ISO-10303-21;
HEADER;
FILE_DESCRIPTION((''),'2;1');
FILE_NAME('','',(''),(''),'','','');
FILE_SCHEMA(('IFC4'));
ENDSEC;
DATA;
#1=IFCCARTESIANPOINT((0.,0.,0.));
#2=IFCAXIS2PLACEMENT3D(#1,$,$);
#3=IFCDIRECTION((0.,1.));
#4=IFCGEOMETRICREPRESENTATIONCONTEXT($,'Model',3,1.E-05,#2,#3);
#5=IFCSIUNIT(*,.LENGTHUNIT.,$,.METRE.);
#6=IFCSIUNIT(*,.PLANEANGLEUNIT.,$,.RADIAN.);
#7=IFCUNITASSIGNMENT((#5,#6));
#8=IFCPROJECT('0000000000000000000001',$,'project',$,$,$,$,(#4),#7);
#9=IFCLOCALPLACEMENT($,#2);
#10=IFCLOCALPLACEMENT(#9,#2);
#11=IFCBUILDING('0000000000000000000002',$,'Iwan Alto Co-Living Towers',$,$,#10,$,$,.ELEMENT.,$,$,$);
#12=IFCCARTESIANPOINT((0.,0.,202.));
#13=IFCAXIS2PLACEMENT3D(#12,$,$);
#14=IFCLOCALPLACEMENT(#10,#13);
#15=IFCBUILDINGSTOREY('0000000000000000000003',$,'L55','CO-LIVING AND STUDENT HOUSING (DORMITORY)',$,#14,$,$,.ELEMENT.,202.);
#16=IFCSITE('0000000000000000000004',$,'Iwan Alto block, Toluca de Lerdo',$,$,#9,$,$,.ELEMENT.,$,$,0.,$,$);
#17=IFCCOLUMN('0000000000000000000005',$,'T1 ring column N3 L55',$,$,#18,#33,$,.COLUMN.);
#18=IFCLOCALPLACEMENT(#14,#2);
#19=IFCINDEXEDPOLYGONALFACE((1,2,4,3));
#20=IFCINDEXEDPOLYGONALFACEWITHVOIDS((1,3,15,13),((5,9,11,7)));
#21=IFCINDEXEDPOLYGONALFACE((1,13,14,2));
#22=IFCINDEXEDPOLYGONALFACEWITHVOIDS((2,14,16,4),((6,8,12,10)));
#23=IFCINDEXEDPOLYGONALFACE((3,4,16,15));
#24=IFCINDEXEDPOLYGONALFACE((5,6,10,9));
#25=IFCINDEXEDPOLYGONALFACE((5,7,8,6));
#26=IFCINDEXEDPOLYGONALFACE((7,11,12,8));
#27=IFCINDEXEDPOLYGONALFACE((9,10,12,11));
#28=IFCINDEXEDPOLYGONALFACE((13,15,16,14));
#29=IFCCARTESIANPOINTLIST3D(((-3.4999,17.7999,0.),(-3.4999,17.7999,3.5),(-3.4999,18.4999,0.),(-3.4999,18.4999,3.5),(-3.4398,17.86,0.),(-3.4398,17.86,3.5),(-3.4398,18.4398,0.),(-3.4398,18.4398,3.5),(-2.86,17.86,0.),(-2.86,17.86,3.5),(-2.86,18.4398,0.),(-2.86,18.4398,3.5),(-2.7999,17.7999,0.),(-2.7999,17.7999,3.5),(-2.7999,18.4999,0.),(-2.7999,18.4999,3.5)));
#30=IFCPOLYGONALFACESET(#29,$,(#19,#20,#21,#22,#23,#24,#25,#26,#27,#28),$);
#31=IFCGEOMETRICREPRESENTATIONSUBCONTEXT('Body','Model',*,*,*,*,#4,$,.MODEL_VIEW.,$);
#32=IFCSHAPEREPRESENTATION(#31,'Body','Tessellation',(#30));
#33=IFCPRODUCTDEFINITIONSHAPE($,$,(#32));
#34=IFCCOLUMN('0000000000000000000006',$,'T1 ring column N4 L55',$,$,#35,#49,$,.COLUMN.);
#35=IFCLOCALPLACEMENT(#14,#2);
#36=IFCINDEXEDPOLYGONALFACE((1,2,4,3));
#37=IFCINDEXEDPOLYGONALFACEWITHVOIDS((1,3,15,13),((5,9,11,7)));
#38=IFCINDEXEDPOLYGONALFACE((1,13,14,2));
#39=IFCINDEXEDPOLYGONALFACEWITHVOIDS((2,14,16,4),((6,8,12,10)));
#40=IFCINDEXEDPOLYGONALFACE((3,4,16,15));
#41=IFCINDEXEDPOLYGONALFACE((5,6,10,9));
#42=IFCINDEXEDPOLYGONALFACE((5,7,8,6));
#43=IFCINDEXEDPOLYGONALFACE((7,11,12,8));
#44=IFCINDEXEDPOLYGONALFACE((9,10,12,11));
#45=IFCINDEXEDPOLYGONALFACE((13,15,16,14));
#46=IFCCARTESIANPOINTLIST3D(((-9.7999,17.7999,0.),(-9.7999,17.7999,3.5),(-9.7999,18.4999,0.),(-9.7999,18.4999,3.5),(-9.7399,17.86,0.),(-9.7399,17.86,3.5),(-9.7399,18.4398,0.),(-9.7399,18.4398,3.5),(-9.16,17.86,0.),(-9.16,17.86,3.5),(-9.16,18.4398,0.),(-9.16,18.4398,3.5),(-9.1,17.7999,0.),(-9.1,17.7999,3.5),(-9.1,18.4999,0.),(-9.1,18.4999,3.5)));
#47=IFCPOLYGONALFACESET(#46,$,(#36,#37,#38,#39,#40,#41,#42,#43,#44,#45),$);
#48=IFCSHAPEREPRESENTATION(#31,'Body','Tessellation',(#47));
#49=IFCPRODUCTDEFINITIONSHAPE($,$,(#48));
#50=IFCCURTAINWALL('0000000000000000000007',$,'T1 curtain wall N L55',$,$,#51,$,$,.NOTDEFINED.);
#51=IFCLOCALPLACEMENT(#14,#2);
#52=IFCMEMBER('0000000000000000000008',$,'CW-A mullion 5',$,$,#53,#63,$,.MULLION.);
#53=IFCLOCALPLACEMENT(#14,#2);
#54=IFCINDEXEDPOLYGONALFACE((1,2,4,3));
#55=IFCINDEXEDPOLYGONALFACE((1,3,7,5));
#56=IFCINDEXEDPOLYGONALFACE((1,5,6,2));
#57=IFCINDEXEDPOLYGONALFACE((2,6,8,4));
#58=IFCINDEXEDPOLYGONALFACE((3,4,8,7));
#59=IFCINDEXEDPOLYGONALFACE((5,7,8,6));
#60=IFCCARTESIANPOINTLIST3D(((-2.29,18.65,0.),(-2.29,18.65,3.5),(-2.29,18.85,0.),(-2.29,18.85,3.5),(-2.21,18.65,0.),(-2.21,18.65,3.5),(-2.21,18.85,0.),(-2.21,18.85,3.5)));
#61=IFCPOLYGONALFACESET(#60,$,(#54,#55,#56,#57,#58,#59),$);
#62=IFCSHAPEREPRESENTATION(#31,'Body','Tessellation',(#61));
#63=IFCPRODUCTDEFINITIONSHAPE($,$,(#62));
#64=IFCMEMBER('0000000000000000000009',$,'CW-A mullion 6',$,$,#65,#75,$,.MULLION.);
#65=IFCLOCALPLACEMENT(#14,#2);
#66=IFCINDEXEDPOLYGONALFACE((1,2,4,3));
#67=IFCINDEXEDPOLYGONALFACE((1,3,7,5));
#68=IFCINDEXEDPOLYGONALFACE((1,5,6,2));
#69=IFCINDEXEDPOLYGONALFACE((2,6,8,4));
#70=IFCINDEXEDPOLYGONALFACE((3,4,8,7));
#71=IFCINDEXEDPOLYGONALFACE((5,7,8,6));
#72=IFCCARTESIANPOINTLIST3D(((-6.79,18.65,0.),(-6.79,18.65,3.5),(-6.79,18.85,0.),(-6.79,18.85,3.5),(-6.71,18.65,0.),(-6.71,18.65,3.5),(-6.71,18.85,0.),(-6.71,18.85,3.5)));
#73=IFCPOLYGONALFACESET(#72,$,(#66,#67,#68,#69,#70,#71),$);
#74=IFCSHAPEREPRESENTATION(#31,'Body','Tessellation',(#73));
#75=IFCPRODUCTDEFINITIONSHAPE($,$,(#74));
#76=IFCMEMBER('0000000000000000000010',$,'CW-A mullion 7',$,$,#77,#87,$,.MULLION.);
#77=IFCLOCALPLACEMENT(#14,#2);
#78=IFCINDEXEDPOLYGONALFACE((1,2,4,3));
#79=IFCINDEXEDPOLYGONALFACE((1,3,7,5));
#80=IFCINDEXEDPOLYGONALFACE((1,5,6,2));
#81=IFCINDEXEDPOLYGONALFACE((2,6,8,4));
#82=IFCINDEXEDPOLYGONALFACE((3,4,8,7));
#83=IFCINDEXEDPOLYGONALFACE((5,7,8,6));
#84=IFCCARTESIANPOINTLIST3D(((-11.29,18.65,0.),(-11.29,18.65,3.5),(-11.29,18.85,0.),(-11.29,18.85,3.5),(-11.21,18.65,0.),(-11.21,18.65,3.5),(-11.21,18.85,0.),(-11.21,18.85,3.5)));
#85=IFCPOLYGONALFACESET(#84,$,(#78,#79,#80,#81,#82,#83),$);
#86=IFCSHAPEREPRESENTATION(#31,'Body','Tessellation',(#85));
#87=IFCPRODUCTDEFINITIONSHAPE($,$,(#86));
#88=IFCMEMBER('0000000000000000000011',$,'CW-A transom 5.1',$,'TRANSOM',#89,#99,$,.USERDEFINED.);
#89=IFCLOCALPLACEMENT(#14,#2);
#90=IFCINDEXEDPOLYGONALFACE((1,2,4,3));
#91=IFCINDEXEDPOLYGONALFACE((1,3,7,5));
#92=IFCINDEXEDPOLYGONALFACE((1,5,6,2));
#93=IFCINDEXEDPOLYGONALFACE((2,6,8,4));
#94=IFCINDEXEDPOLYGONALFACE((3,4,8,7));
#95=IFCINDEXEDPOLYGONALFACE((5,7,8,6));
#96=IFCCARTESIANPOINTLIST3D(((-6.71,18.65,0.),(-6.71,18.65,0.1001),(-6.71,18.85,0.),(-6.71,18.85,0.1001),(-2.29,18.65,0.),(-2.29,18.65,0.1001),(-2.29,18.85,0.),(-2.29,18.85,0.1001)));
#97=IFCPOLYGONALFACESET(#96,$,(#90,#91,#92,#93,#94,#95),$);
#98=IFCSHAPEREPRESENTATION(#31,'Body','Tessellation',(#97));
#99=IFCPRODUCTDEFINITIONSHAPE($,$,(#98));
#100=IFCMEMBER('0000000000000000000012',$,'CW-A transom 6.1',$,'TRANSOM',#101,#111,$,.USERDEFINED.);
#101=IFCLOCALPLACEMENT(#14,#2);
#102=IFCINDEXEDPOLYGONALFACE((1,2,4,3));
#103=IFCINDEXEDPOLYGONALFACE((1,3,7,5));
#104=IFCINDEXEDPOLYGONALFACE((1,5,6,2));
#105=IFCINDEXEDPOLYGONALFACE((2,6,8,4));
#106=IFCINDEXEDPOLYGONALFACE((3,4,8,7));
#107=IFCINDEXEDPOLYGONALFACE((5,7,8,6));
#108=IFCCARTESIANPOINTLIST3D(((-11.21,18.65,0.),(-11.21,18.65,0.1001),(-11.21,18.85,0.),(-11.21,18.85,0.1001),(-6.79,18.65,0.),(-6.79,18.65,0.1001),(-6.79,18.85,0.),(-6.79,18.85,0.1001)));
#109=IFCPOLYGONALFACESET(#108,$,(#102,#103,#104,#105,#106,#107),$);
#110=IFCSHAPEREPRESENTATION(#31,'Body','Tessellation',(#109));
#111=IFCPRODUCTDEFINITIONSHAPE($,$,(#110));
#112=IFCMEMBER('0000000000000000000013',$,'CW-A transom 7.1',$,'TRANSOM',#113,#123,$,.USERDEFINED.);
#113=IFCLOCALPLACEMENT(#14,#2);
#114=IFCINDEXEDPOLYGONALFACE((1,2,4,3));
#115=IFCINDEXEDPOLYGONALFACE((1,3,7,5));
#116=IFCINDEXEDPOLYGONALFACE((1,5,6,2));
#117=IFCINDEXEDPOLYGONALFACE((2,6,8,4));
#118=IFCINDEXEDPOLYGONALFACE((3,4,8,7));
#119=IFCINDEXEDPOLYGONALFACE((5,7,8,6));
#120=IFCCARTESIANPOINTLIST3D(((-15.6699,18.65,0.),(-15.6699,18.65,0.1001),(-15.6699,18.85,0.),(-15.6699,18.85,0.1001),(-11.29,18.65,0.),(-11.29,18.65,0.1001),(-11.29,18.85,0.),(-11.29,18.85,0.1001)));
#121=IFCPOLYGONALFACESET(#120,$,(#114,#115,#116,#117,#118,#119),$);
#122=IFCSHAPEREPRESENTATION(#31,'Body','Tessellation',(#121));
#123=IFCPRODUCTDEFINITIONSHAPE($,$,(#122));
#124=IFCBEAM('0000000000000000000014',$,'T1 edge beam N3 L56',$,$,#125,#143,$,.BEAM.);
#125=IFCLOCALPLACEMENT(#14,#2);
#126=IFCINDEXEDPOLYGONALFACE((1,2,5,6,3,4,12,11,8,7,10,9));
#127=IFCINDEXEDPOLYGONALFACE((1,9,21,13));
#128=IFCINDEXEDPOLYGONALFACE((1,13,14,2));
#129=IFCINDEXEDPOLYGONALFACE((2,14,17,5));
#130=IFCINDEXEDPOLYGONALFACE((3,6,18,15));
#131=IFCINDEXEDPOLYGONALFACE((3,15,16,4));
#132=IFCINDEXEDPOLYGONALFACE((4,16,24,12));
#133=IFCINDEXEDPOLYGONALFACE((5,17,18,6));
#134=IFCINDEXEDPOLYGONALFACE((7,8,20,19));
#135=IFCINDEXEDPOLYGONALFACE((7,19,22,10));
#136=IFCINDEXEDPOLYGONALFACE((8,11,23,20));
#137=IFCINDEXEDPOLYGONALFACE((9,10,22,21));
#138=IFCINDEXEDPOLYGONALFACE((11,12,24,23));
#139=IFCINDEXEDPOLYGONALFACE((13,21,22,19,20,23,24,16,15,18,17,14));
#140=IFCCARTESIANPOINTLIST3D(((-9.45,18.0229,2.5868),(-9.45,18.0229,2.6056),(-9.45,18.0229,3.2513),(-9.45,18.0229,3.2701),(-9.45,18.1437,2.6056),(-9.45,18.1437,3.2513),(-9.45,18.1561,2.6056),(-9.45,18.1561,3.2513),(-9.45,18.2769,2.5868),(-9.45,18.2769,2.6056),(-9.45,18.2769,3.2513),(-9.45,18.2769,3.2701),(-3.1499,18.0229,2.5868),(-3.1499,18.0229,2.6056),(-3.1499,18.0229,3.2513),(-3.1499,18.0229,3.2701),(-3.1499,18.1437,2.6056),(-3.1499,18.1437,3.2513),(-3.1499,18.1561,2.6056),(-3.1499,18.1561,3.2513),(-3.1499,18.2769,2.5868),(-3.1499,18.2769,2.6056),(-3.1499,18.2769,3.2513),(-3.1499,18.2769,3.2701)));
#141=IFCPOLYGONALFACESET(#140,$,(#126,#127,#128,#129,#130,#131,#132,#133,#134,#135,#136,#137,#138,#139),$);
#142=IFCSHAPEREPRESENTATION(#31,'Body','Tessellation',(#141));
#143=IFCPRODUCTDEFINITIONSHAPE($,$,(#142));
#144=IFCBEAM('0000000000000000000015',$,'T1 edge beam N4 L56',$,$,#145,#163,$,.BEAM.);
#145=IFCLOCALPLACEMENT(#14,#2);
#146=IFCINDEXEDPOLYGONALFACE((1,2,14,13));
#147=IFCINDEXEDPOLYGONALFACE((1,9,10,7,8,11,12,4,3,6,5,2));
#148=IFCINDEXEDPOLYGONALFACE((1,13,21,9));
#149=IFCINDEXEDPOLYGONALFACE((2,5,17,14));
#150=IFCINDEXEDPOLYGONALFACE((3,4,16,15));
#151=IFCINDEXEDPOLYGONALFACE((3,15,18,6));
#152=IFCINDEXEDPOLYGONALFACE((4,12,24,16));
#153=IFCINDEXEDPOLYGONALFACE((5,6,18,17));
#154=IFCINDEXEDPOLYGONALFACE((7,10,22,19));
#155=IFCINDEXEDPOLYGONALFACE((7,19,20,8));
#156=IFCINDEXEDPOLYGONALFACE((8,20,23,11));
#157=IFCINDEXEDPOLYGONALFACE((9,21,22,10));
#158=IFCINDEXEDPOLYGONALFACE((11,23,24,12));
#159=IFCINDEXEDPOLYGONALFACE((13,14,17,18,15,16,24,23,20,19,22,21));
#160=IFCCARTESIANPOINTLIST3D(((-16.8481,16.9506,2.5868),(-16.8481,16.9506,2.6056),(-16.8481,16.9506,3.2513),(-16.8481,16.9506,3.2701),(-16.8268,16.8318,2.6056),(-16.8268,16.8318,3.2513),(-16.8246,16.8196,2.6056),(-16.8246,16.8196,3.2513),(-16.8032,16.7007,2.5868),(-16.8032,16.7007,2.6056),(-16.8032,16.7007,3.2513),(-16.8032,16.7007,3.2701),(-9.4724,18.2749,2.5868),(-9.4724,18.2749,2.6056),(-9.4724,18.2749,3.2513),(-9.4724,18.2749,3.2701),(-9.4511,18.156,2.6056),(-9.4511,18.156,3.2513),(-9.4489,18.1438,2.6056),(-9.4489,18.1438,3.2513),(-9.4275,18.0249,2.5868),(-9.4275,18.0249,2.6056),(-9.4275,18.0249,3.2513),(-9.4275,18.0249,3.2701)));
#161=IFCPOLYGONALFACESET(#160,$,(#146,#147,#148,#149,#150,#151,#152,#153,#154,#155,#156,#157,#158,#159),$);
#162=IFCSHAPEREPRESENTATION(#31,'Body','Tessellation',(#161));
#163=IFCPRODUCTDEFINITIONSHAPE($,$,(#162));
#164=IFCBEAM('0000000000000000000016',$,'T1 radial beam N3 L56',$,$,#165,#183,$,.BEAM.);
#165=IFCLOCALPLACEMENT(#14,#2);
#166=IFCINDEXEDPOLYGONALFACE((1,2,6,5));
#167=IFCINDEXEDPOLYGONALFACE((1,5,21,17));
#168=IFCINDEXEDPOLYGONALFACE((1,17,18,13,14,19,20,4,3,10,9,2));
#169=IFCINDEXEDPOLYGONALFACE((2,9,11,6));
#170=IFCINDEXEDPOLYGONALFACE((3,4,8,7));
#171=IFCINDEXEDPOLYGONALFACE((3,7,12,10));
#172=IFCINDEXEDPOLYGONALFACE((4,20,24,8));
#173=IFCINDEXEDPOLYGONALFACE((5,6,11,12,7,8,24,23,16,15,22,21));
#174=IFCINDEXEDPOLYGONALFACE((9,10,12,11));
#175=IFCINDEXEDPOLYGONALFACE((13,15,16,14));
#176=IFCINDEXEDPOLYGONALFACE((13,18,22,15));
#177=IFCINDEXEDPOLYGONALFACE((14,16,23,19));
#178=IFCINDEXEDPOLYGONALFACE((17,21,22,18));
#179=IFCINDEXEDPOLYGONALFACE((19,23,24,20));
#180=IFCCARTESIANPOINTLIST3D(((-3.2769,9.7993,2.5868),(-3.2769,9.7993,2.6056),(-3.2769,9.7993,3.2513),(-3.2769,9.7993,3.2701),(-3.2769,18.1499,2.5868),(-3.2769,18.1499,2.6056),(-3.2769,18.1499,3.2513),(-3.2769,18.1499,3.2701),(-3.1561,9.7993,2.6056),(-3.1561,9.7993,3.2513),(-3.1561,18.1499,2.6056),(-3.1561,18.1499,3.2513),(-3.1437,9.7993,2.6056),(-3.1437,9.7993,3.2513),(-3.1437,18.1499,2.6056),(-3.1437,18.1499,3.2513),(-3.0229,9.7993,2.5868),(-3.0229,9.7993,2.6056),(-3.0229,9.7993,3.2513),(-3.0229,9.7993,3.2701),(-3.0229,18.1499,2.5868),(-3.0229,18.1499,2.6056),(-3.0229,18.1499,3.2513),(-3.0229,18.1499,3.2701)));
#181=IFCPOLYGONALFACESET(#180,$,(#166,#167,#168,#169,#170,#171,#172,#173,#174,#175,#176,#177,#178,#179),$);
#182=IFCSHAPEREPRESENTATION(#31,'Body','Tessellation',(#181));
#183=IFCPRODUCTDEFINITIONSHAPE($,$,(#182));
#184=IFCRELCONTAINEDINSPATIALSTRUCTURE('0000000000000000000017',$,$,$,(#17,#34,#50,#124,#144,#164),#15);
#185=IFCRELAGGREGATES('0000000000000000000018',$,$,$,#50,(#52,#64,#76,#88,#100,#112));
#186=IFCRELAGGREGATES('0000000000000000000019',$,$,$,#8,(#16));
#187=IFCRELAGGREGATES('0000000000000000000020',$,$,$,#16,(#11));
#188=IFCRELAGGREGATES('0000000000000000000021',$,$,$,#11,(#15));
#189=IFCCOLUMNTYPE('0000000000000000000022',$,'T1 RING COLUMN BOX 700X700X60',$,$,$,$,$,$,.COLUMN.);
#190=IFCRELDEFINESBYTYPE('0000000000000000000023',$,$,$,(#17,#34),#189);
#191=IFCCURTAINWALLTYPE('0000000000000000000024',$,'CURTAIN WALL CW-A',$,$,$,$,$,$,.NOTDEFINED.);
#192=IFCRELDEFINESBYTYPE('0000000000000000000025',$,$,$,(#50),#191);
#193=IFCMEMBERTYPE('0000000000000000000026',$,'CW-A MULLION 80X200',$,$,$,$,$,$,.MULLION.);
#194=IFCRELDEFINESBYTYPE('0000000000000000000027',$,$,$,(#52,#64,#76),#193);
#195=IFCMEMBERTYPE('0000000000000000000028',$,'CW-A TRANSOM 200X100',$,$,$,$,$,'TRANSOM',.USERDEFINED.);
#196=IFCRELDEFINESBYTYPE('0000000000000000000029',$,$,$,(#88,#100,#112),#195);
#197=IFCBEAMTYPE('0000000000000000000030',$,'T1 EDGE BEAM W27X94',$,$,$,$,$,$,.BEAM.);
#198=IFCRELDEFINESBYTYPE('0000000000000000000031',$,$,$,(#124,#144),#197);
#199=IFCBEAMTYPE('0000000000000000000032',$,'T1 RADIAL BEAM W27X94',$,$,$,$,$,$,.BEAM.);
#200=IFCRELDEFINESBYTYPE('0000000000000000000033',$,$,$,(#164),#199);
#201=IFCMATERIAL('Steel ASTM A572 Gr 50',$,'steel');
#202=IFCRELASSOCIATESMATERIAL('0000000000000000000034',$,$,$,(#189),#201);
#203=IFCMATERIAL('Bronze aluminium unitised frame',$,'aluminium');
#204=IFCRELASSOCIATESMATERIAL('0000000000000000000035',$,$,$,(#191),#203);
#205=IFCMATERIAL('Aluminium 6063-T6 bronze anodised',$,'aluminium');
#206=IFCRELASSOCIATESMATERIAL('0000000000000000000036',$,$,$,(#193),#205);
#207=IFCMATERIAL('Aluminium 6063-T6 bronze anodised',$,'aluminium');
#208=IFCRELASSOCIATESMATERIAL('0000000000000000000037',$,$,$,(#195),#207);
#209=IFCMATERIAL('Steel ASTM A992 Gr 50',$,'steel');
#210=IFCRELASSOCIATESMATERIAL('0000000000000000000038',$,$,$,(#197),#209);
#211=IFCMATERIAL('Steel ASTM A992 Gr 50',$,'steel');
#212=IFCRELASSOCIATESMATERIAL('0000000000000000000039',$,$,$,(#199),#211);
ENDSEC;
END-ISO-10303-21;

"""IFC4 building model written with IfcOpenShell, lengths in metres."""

from ifc_helpers import new_model, si_unit, direction, frame, origin, origin_2d, place, context, subcontext, project, spatial, rectangle, hollow_rectangle, i_section, extrude, material, material_profile, profile_set, type_object, element, aggregate, save


model = new_model("IFC4")

# Units and contexts
model_context = context("Model", 3, precision=1e-05, world=origin(), true_north=direction((0.0, 1.0)))
body_context = subcontext(model_context, "Body", "Model", "MODEL_VIEW")
ifc_project = project(units=[si_unit("LENGTHUNIT", "METRE"), si_unit("PLANEANGLEUNIT", "RADIAN")], contexts=[model_context])

# Site, building, storey
site_placement = place(None, origin())
site = spatial("IfcSite", under=ifc_project, at=site_placement, Name="Iwan Alto block, Toluca de Lerdo", CompositionType="ELEMENT", RefElevation=0.0)
building_placement = place(site_placement, origin())
building = spatial("IfcBuilding", under=site, at=building_placement, Name="Iwan Alto Co-Living Towers", CompositionType="ELEMENT")
storey_placement = place(building_placement, frame((0.0, 0.0, 202.0)))
storey = spatial("IfcBuildingStorey", under=building, at=storey_placement, Name="L55", Description="CO-LIVING AND STUDENT HOUSING (DORMITORY)", CompositionType="ELEMENT", Elevation=202.0)

# Columns
ifc_material_1 = material(Name="Steel ASTM A572 Gr 50", Category="steel")
ifc_material_profile_1 = material_profile(ifc_material_1, hollow_rectangle(XDim=0.7, YDim=0.7, WallThickness=0.0601, at=origin_2d()), Name="BOX 700X700X60")
ifc_profile_set_1 = profile_set([ifc_material_profile_1], Name="Steel ASTM A572 Gr 50")
column_type = type_object("IfcColumnType", Name="T1 RING COLUMN BOX 700X700X60", PredefinedType="COLUMN", material=ifc_profile_set_1)
for number, where, z_axis, x_axis, name in (
    (1, (-3.1499, 18.1499, 0.0), (0.0, 0.0, 1.0), (1.0, 0.0, 0.0), "T1 ring column N3 L55"),
    (2, (-9.45, 18.1499, 0.0), (0.0, 0.0, 1.0), (1.0, 0.0, 0.0), "T1 ring column N4 L55"),
):
    element("IfcColumn", number, at=place(storey_placement, frame(where, z_axis=z_axis, x_axis=x_axis)), inside=storey, type_object=column_type, Name=name, PredefinedType="COLUMN", context=body_context, shape_type="SweptSolid", body=[
        extrude(hollow_rectangle(XDim=0.7, YDim=0.7, WallThickness=0.0601, at=origin_2d()), origin(), (0.0, 0.0, 1.0), 3.5),
    ])

# Curtain wall, members
ifc_material_2 = material(Name="Bronze aluminium unitised frame", Category="aluminium")
curtain_wall_type = type_object("IfcCurtainWallType", Name="CURTAIN WALL CW-A", PredefinedType="NOTDEFINED", material=ifc_material_2)
curtain_wall_placement = place(storey_placement, origin())
curtain_wall = element("IfcCurtainWall", 3, at=curtain_wall_placement, inside=storey, type_object=curtain_wall_type, Name="T1 curtain wall N L55", PredefinedType="NOTDEFINED")
ifc_material_3 = material(Name="Aluminium 6063-T6 bronze anodised", Category="aluminium")
ifc_material_profile_2 = material_profile(ifc_material_3, rectangle(XDim=0.2, YDim=0.0801, at=origin_2d()), Name="AL 80X200")
ifc_profile_set_2 = profile_set([ifc_material_profile_2], Name="Aluminium 6063-T6 bronze anodised")
member_type_1 = type_object("IfcMemberType", Name="CW-A MULLION 80X200", PredefinedType="MULLION", material=ifc_profile_set_2)
member_1_placement = place(storey_placement, frame((-2.25, 18.75, 0.0), z_axis=(0.0, 0.0, 1.0), x_axis=(0.0, -1.0, 0.0)))
member_1 = element("IfcMember", 4, at=member_1_placement, type_object=member_type_1, Name="CW-A mullion 5", PredefinedType="MULLION", context=body_context, shape_type="SweptSolid", body=[
    extrude(rectangle(XDim=0.2, YDim=0.0801, at=origin_2d()), origin(), (0.0, 0.0, 1.0), 3.5),
])
member_2_placement = place(storey_placement, frame((-6.75, 18.75, 0.0), z_axis=(0.0, 0.0, 1.0), x_axis=(0.0, -1.0, 0.0)))
member_2 = element("IfcMember", 5, at=member_2_placement, type_object=member_type_1, Name="CW-A mullion 6", PredefinedType="MULLION", context=body_context, shape_type="SweptSolid", body=[
    extrude(rectangle(XDim=0.2, YDim=0.0801, at=origin_2d()), origin(), (0.0, 0.0, 1.0), 3.5),
])
member_3_placement = place(storey_placement, frame((-11.25, 18.75, 0.0), z_axis=(0.0, 0.0, 1.0), x_axis=(0.0, -1.0, 0.0)))
member_3 = element("IfcMember", 6, at=member_3_placement, type_object=member_type_1, Name="CW-A mullion 7", PredefinedType="MULLION", context=body_context, shape_type="SweptSolid", body=[
    extrude(rectangle(XDim=0.2, YDim=0.0801, at=origin_2d()), origin(), (0.0, 0.0, 1.0), 3.5),
])
ifc_material_4 = material(Name="Aluminium 6063-T6 bronze anodised", Category="aluminium")
ifc_material_profile_3 = material_profile(ifc_material_4, rectangle(XDim=0.2, YDim=0.1001, at=origin_2d()), Name="AL 200X100")
ifc_profile_set_3 = profile_set([ifc_material_profile_3], Name="Aluminium 6063-T6 bronze anodised")
member_type_2 = type_object("IfcMemberType", Name="CW-A TRANSOM 200X100", ElementType="TRANSOM", PredefinedType="USERDEFINED", material=ifc_profile_set_3)
member_4_placement = place(storey_placement, frame((-2.29, 18.75, 0.05), z_axis=(-1.0, 0.0, 0.0), x_axis=(0.0, -1.0, 0.0)))
member_4 = element("IfcMember", 7, at=member_4_placement, type_object=member_type_2, Name="CW-A transom 5.1", ObjectType="TRANSOM", PredefinedType="USERDEFINED", context=body_context, shape_type="SweptSolid", body=[
    extrude(rectangle(XDim=0.2, YDim=0.1001, at=origin_2d()), origin(), (0.0, 0.0, 1.0), 4.4199),
])
member_5_placement = place(storey_placement, frame((-6.79, 18.75, 0.05), z_axis=(-1.0, 0.0, 0.0), x_axis=(0.0, -1.0, 0.0)))
member_5 = element("IfcMember", 8, at=member_5_placement, type_object=member_type_2, Name="CW-A transom 6.1", ObjectType="TRANSOM", PredefinedType="USERDEFINED", context=body_context, shape_type="SweptSolid", body=[
    extrude(rectangle(XDim=0.2, YDim=0.1001, at=origin_2d()), origin(), (0.0, 0.0, 1.0), 4.4199),
])
member_6_placement = place(storey_placement, frame((-11.29, 18.75, 0.05), z_axis=(-1.0, 0.0, 0.0), x_axis=(0.0, -1.0, 0.0)))
member_6 = element("IfcMember", 9, at=member_6_placement, type_object=member_type_2, Name="CW-A transom 7.1", ObjectType="TRANSOM", PredefinedType="USERDEFINED", context=body_context, shape_type="SweptSolid", body=[
    extrude(rectangle(XDim=0.2, YDim=0.1001, at=origin_2d()), origin(), (0.0, 0.0, 1.0), 4.3799),
])

# Beams
ifc_material_5 = material(Name="Steel ASTM A992 Gr 50", Category="steel")
ifc_material_profile_4 = material_profile(ifc_material_5, i_section(OverallWidth=0.2539, OverallDepth=0.6833, WebThickness=0.0125, FlangeThickness=0.0188, at=origin_2d()), Name="W27X94")
ifc_profile_set_4 = profile_set([ifc_material_profile_4], Name="Steel ASTM A992 Gr 50")
beam_type_1 = type_object("IfcBeamType", Name="T1 EDGE BEAM W27X94", PredefinedType="BEAM", material=ifc_profile_set_4)
beam_1_placement = place(storey_placement, frame((-3.1499, 18.1499, 2.9285), z_axis=(-1.0, 0.0, 0.0), x_axis=(0.0, -1.0, 0.0)))
element("IfcBeam", 10, at=beam_1_placement, inside=storey, type_object=beam_type_1, Name="T1 edge beam N3 L56", PredefinedType="BEAM", context=body_context, shape_type="SweptSolid", body=[
    extrude(i_section(OverallWidth=0.2539, OverallDepth=0.6833, WebThickness=0.0125, FlangeThickness=0.0188, at=origin_2d()), origin(), (0.0, 0.0, 1.0), 6.3),
])
beam_2_placement = place(storey_placement, frame((-9.45, 18.1499, 2.9285), z_axis=(-0.984263, -0.176712, 0.0), x_axis=(0.176712, -0.984263, 0.0)))
element("IfcBeam", 11, at=beam_2_placement, inside=storey, type_object=beam_type_1, Name="T1 edge beam N4 L56", PredefinedType="BEAM", context=body_context, shape_type="SweptSolid", body=[
    extrude(i_section(OverallWidth=0.2539, OverallDepth=0.6833, WebThickness=0.0125, FlangeThickness=0.0188, at=origin_2d()), origin(), (0.0, 0.0, 1.0), 7.4937),
])
ifc_material_6 = material(Name="Steel ASTM A992 Gr 50", Category="steel")
ifc_material_profile_5 = material_profile(ifc_material_6, i_section(OverallWidth=0.2539, OverallDepth=0.6833, WebThickness=0.0125, FlangeThickness=0.0188, at=origin_2d()), Name="W27X94")
ifc_profile_set_5 = profile_set([ifc_material_profile_5], Name="Steel ASTM A992 Gr 50")
beam_type_2 = type_object("IfcBeamType", Name="T1 RADIAL BEAM W27X94", PredefinedType="BEAM", material=ifc_profile_set_5)
for number, where, z_axis, x_axis, name in (
    (12, (-3.1499, 18.1499, 2.9285), (0.0, -1.0, 0.0), (1.0, 0.0, 0.0), "T1 radial beam N3 L56"),
):
    element("IfcBeam", number, at=place(storey_placement, frame(where, z_axis=z_axis, x_axis=x_axis)), inside=storey, type_object=beam_type_2, Name=name, PredefinedType="BEAM", context=body_context, shape_type="SweptSolid", body=[
        extrude(i_section(OverallWidth=0.2539, OverallDepth=0.6833, WebThickness=0.0125, FlangeThickness=0.0188, at=origin_2d()), origin(), (0.0, 0.0, 1.0), 8.3506),
    ])

aggregate(curtain_wall, [member_1, member_2, member_3, member_4, member_5, member_6])

save(model, "model.ifc")
